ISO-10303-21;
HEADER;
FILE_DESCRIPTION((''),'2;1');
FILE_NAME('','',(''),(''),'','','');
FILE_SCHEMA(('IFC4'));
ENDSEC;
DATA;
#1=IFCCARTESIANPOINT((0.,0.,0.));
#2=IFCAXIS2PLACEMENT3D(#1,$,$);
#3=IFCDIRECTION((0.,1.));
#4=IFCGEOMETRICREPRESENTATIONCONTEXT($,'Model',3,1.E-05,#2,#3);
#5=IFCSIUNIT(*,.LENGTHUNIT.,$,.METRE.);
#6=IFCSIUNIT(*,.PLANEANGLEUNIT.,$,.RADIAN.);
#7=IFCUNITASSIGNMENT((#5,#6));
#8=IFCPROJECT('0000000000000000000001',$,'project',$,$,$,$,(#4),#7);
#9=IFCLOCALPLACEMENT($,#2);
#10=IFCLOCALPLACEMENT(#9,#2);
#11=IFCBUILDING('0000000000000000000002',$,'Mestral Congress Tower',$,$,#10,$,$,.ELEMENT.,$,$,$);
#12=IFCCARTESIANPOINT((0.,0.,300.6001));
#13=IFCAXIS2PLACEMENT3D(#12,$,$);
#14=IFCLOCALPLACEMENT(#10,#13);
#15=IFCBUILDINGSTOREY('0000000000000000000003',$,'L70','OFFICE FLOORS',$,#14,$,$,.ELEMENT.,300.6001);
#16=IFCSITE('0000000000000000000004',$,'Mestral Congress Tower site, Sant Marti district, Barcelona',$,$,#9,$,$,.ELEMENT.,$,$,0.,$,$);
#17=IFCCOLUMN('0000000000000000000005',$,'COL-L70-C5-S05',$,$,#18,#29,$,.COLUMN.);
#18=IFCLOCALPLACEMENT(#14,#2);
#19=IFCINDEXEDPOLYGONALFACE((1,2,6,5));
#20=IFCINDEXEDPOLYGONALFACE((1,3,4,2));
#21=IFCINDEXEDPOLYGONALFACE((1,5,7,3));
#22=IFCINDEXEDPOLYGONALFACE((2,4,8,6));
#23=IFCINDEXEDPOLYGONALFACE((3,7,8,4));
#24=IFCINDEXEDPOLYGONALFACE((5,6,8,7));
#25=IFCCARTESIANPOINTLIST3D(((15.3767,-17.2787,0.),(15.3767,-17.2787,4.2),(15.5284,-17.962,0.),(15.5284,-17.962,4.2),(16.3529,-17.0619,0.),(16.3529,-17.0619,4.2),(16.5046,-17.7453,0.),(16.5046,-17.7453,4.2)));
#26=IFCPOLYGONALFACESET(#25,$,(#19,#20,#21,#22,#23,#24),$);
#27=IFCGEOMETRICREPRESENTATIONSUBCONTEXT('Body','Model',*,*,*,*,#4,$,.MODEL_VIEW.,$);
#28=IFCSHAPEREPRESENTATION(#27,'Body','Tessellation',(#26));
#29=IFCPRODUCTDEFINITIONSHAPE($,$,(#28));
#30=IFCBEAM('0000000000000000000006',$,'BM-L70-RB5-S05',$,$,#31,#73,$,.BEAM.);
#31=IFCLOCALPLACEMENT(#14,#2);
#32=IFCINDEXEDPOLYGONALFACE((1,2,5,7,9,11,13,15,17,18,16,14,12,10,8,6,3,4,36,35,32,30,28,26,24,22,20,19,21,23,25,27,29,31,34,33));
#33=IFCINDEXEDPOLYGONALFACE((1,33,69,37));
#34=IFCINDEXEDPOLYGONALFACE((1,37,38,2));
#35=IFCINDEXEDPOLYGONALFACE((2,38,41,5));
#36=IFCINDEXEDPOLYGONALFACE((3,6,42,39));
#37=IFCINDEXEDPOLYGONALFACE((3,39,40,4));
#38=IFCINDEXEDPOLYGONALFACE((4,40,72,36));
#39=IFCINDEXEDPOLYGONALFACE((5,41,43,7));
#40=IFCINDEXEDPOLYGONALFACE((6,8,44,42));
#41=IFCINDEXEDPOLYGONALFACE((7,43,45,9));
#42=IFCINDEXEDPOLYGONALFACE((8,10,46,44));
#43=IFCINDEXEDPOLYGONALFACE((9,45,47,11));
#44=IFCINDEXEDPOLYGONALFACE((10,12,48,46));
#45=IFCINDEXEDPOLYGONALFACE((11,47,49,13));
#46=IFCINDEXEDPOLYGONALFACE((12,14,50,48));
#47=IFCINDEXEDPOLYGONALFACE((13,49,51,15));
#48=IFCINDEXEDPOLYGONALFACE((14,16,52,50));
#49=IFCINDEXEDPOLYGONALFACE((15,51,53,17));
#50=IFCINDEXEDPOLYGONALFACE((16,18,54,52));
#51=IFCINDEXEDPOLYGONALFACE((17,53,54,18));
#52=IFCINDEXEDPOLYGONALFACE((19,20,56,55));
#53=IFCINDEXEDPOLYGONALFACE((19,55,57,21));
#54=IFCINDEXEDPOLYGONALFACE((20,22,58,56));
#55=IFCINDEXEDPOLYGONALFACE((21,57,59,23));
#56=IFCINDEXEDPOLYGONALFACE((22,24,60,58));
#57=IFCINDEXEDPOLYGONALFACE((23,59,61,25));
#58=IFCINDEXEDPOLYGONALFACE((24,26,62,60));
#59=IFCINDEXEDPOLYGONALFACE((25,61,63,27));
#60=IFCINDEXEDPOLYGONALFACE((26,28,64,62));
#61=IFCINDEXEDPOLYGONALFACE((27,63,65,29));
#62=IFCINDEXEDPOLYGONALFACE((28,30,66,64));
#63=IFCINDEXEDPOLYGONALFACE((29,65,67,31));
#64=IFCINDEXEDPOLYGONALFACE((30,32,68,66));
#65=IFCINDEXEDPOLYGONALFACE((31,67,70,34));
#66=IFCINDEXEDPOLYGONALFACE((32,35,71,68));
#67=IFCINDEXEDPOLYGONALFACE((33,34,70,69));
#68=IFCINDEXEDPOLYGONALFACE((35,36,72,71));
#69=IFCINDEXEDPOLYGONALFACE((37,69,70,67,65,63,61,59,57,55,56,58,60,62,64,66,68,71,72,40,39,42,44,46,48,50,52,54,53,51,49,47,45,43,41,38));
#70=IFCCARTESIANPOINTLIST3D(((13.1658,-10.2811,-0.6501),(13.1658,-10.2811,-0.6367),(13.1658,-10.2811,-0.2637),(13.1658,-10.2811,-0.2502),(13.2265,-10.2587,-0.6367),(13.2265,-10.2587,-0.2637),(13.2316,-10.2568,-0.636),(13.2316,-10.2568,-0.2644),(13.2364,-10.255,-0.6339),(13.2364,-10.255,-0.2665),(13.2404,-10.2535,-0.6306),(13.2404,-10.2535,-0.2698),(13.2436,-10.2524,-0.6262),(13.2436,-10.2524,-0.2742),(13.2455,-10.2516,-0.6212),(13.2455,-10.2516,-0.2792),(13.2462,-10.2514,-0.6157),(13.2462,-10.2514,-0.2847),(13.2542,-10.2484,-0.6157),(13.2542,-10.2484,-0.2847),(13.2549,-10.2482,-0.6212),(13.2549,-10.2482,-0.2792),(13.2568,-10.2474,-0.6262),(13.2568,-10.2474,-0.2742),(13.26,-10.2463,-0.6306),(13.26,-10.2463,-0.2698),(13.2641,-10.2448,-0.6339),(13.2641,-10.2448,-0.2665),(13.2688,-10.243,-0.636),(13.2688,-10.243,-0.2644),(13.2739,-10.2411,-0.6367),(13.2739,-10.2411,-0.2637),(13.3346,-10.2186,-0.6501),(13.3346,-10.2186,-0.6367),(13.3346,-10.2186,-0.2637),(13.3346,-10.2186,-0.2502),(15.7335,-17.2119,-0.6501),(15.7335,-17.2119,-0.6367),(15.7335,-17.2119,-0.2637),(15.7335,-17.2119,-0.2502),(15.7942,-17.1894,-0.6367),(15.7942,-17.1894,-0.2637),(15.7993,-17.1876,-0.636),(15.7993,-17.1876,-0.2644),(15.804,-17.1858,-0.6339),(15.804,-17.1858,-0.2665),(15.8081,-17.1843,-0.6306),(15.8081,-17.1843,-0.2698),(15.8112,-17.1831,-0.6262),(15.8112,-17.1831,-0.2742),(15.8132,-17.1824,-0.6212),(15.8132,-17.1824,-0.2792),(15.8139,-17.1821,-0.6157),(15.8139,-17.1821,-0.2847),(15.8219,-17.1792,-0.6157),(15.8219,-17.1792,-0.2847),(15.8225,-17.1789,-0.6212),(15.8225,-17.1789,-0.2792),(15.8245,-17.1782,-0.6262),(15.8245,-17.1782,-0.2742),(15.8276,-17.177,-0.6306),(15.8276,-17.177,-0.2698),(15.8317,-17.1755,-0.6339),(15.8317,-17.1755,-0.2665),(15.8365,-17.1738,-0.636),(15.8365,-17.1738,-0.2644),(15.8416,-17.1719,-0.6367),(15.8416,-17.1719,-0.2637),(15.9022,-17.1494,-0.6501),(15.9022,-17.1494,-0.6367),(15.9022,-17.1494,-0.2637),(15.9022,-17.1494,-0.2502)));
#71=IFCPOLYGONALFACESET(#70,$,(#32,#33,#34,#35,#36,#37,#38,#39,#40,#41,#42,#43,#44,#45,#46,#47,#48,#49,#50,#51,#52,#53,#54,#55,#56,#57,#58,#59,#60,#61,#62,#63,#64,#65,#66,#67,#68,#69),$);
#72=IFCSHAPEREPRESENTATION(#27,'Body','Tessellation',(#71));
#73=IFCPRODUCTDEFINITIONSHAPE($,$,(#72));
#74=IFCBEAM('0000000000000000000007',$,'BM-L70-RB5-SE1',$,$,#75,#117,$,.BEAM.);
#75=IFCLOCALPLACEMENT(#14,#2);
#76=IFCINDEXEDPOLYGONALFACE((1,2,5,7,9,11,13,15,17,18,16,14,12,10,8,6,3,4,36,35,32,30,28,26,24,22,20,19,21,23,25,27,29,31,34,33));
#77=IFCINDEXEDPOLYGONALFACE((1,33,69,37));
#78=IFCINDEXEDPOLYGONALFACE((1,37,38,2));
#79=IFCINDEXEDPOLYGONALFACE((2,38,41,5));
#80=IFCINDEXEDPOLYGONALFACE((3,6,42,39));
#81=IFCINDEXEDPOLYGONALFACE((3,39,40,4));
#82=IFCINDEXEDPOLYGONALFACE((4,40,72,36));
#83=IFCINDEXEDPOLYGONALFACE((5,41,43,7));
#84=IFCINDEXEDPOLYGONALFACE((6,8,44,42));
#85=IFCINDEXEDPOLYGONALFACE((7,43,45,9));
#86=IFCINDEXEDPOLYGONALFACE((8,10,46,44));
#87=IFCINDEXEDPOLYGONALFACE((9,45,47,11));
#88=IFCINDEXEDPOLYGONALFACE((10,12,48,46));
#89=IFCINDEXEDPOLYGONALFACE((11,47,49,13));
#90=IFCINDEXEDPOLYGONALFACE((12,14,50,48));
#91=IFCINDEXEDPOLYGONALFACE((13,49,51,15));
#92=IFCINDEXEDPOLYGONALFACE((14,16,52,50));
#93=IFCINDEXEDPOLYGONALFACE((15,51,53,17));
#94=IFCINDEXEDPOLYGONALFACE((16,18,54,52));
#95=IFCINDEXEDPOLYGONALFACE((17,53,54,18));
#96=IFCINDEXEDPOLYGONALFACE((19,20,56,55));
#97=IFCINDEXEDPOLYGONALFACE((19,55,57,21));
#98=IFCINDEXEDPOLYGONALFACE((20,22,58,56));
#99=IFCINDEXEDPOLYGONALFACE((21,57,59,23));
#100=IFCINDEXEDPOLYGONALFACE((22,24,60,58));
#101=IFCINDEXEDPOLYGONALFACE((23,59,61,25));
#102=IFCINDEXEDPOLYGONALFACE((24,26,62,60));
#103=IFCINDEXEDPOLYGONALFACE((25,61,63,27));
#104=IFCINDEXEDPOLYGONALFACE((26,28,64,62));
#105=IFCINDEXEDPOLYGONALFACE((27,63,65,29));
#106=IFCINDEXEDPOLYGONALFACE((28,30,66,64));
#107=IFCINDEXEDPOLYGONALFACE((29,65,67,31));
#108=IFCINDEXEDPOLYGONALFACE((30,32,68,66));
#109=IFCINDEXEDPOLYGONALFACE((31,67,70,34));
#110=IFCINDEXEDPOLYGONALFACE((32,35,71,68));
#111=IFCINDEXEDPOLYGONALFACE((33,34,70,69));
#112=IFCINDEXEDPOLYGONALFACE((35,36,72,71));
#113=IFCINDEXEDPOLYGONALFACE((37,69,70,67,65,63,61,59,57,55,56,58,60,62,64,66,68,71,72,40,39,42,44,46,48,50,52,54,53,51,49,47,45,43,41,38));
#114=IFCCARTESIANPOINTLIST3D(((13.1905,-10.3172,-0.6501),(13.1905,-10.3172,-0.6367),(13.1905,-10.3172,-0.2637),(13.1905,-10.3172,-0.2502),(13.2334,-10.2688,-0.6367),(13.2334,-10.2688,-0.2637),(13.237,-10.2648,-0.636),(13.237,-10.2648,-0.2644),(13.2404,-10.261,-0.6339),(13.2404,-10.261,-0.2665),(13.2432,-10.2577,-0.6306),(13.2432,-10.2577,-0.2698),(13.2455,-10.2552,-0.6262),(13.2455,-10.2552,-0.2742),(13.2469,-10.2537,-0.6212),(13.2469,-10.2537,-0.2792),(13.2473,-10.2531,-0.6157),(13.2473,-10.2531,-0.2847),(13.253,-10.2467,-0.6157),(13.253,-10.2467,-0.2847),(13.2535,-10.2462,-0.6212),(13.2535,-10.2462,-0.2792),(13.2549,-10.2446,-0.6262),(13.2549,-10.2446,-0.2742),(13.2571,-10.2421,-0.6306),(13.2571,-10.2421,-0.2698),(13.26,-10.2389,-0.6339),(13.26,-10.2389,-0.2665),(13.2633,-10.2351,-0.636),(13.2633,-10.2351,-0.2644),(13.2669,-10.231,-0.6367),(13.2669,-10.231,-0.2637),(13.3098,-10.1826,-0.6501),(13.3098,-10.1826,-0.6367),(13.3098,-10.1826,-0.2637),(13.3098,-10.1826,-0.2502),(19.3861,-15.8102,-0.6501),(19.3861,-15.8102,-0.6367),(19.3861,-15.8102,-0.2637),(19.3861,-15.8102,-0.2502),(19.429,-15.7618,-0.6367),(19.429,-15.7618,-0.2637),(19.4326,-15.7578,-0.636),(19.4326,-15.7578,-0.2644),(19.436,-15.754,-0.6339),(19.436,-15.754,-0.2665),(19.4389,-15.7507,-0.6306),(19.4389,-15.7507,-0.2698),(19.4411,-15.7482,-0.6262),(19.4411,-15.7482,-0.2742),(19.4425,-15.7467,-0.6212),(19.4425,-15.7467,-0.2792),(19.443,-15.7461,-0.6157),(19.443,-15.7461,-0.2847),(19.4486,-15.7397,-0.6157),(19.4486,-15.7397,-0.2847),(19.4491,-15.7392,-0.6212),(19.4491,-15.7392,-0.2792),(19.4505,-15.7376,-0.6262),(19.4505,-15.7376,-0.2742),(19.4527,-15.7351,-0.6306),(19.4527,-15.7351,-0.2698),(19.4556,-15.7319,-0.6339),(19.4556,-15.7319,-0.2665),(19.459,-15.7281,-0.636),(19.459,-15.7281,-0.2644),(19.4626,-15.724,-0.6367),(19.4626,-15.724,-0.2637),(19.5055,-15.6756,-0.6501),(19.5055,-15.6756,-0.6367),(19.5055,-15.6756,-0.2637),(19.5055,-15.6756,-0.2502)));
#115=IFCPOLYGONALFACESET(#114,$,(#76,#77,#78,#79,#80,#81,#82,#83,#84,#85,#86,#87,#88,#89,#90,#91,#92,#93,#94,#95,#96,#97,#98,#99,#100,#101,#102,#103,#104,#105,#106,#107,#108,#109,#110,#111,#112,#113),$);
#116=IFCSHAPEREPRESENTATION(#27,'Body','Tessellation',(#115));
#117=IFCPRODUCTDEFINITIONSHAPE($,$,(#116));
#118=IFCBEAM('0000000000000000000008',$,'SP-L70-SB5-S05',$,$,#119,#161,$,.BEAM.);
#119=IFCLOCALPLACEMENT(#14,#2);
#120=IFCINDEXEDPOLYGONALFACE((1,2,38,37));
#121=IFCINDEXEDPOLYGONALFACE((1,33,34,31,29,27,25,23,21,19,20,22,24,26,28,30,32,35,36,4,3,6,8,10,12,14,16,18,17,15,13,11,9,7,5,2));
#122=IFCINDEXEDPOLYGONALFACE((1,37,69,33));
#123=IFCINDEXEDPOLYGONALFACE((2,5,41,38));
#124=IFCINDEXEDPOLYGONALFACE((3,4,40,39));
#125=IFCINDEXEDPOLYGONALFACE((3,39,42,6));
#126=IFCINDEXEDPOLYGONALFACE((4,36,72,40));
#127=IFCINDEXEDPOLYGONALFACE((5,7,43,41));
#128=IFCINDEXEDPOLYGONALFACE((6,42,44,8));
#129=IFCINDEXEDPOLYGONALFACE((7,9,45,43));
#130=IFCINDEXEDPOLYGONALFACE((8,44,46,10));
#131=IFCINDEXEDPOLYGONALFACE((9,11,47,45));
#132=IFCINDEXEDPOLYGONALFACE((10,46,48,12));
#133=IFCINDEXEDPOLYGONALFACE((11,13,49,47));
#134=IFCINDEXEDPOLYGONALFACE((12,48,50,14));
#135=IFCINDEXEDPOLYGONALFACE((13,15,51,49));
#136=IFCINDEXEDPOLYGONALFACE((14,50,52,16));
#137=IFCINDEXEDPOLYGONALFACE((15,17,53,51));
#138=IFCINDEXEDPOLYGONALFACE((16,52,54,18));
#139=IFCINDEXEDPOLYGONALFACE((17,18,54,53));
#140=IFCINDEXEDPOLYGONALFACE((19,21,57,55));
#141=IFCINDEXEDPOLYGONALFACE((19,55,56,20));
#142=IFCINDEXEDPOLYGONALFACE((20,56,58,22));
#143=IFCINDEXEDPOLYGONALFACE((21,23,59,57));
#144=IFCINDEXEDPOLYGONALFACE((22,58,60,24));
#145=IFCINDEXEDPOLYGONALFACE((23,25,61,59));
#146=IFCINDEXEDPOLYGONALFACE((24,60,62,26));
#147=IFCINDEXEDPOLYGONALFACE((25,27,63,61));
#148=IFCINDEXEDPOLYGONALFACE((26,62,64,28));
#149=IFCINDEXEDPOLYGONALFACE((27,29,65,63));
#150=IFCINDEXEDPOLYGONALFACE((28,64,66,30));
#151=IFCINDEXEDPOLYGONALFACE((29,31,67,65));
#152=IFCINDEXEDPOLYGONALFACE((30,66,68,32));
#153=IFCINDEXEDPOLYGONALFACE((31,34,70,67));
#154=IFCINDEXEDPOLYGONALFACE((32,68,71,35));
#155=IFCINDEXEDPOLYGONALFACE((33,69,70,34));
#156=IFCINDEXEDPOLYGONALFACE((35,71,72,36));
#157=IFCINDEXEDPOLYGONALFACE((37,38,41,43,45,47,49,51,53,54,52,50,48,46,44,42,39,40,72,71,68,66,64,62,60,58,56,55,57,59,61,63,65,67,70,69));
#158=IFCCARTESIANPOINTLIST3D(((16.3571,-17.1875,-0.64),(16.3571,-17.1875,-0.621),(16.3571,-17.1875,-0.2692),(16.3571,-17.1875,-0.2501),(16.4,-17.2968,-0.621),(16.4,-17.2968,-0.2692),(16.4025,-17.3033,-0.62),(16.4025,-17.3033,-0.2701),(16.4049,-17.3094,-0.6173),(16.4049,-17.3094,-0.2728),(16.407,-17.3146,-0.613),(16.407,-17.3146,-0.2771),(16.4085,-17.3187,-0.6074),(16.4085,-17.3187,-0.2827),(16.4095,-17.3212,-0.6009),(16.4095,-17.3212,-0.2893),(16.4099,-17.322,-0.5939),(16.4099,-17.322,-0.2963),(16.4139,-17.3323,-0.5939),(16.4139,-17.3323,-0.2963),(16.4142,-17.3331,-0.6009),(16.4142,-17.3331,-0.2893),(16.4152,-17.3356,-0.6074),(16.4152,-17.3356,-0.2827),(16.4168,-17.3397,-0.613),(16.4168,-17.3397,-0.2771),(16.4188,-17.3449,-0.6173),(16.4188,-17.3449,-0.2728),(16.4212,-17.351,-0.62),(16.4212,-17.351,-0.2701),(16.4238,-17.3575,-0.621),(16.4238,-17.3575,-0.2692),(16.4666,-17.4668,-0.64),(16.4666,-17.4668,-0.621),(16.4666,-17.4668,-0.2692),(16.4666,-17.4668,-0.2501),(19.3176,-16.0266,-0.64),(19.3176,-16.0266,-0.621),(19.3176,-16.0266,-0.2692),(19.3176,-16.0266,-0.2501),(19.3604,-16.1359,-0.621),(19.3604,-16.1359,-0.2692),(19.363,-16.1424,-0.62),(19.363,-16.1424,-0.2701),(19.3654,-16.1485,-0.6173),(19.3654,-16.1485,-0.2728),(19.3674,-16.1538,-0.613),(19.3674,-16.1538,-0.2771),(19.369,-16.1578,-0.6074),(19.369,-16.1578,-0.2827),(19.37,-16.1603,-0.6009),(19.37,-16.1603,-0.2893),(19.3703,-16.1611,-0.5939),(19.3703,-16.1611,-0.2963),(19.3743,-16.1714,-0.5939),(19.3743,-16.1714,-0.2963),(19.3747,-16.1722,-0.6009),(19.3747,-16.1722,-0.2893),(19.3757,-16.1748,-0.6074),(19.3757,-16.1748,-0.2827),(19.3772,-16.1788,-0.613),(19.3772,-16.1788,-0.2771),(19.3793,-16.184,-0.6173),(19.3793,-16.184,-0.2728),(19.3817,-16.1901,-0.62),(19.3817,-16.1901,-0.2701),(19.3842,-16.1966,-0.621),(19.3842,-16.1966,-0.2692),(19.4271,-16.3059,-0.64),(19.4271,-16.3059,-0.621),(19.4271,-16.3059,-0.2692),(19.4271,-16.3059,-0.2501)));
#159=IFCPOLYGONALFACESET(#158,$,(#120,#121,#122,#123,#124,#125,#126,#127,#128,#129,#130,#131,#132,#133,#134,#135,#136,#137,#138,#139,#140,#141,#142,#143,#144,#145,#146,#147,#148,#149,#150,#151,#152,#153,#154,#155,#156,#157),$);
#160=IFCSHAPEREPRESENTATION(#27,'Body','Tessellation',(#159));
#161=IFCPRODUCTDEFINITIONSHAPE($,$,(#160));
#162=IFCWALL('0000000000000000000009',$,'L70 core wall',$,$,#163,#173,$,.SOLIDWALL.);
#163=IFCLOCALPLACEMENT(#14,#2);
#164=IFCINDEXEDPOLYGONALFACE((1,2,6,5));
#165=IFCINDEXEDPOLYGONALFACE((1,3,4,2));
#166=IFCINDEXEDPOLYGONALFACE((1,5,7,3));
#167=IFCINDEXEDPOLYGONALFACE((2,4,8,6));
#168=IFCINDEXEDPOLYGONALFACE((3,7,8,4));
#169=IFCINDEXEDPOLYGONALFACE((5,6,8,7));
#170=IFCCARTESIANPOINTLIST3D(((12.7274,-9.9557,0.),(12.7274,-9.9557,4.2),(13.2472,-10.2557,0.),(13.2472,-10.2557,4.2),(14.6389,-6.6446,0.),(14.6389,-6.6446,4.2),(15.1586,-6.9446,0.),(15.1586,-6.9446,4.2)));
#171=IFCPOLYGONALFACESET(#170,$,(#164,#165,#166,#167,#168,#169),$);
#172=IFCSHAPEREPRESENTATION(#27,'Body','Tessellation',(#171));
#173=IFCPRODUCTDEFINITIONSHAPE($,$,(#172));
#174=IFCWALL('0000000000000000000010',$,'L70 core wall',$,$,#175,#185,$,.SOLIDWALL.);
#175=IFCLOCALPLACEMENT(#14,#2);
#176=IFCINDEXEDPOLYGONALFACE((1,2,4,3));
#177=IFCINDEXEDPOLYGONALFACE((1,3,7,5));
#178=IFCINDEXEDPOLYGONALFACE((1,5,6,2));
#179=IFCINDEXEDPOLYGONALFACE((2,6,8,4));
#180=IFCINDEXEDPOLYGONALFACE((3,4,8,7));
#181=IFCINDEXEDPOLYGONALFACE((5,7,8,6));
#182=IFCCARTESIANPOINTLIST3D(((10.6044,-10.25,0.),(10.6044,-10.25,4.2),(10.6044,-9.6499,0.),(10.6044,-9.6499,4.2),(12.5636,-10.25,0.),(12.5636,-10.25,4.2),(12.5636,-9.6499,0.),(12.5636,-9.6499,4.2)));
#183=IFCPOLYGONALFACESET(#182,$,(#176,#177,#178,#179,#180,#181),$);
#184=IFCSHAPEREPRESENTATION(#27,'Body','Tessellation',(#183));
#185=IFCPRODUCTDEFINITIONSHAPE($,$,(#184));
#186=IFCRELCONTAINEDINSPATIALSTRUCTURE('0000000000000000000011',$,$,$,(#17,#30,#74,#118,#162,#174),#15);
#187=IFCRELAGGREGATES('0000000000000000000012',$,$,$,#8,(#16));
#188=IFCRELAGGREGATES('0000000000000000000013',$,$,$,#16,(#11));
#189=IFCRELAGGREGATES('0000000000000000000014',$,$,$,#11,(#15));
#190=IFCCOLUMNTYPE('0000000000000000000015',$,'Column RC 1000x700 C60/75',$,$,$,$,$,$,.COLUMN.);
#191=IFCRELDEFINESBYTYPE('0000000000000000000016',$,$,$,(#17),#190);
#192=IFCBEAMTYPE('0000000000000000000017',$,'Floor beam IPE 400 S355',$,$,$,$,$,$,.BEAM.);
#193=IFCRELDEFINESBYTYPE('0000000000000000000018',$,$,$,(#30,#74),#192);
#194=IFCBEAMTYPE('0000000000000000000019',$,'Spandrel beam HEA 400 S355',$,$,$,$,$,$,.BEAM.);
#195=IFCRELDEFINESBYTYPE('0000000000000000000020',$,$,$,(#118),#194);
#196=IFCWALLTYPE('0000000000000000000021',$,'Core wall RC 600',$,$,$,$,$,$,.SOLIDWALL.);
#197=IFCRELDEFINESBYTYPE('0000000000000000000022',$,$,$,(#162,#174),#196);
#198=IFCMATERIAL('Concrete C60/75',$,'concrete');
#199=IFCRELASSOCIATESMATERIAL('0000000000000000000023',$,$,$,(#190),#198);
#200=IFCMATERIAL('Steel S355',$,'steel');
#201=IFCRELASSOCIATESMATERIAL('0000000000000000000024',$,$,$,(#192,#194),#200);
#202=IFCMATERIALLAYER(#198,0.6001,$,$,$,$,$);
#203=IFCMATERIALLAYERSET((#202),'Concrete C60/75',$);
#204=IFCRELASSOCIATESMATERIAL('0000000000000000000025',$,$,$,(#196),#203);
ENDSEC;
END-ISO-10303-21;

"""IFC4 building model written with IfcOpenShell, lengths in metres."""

from ifc_helpers import new_model, si_unit, direction, frame, frame_2d, origin, origin_2d, place, context, subcontext, project, spatial, rectangle, i_section, extrude, material, layer, layer_set, material_profile, profile_set, type_object, element, save


model = new_model("IFC4")

# Units and contexts
model_context = context("Model", 3, precision=1e-05, world=origin(), true_north=direction((0.0, 1.0)))
body_context = subcontext(model_context, "Body", "Model", "MODEL_VIEW")
ifc_project = project(units=[si_unit("LENGTHUNIT", "METRE"), si_unit("PLANEANGLEUNIT", "RADIAN")], contexts=[model_context])

# Site, building, storey
site_placement = place(None, origin())
site = spatial("IfcSite", under=ifc_project, at=site_placement, Name="Mestral Congress Tower site, Sant Marti district, Barcelona", CompositionType="ELEMENT", RefElevation=0.0)
building_placement = place(site_placement, origin())
building = spatial("IfcBuilding", under=site, at=building_placement, Name="Mestral Congress Tower", CompositionType="ELEMENT")
storey_placement = place(building_placement, frame((0.0, 0.0, 300.6001)))
storey = spatial("IfcBuildingStorey", under=building, at=storey_placement, Name="L70", Description="OFFICE FLOORS", CompositionType="ELEMENT", Elevation=300.6001)

# Column
ifc_material_1 = material(Name="Concrete C60/75", Category="concrete")
ifc_material_profile_1 = material_profile(ifc_material_1, rectangle(XDim=1.0, YDim=0.7, at=origin_2d()), Name="RC 1000x700")
ifc_profile_set_1 = profile_set([ifc_material_profile_1], Name="Concrete C60/75")
column_type = type_object("IfcColumnType", Name="Column RC 1000x700 C60/75", PredefinedType="COLUMN", material=ifc_profile_set_1)
column_placement = place(storey_placement, frame((15.9407, -17.512, 0.0), z_axis=(0.0, 0.0, 1.0), x_axis=(0.976234, 0.216721, 0.0)))
element("IfcColumn", 1, at=column_placement, inside=storey, type_object=column_type, Name="COL-L70-C5-S05", PredefinedType="COLUMN", context=body_context, shape_type="SweptSolid", body=[
    extrude(rectangle(XDim=1.0, YDim=0.7, at=origin_2d()), origin(), (0.0, 0.0, 1.0), 4.2),
])

# Beams
ifc_material_2 = material(Name="Steel S355", Category="steel")
ifc_material_profile_2 = material_profile(ifc_material_2, i_section(OverallWidth=0.1799, OverallDepth=0.3999, WebThickness=0.0085, FlangeThickness=0.0134, FilletRadius=0.021, at=origin_2d()), Name="IPE 400")
ifc_profile_set_2 = profile_set([ifc_material_profile_2], Name="Steel S355")
beam_type_1 = type_object("IfcBeamType", Name="Floor beam IPE 400 S355", PredefinedType="BEAM", material=ifc_profile_set_2)
beam_1_placement = place(storey_placement, frame((15.8179, -17.1807, -0.4502), z_axis=(-0.347399, 0.937717, 0.0), x_axis=(-0.937717, -0.347399, 0.0)))
element("IfcBeam", 2, at=beam_1_placement, inside=storey, type_object=beam_type_1, Name="BM-L70-RB5-S05", PredefinedType="BEAM", context=body_context, shape_type="SweptSolid", body=[
    extrude(i_section(OverallWidth=0.1799, OverallDepth=0.3999, WebThickness=0.0085, FlangeThickness=0.0134, FilletRadius=0.021, at=origin_2d()), origin(), (0.0, 0.0, 1.0), 7.3911),
])
beam_2_placement = place(storey_placement, frame((19.4458, -15.7429, -0.4502), z_axis=(-0.748263, 0.663402, 0.0), x_axis=(-0.663402, -0.748263, 0.0)))
element("IfcBeam", 3, at=beam_2_placement, inside=storey, type_object=beam_type_1, Name="BM-L70-RB5-SE1", PredefinedType="BEAM", context=body_context, shape_type="SweptSolid", body=[
    extrude(i_section(OverallWidth=0.1799, OverallDepth=0.3999, WebThickness=0.0085, FlangeThickness=0.0134, FilletRadius=0.021, at=origin_2d()), origin(), (0.0, 0.0, 1.0), 8.28),
])
ifc_material_profile_3 = material_profile(ifc_material_2, i_section(OverallWidth=0.3, OverallDepth=0.3899, WebThickness=0.011, FlangeThickness=0.019, FilletRadius=0.0271, at=origin_2d()), Name="HEA 400")
ifc_profile_set_3 = profile_set([ifc_material_profile_3], Name="Steel S355")
beam_type_2 = type_object("IfcBeamType", Name="Spandrel beam HEA 400 S355", PredefinedType="BEAM", material=ifc_profile_set_3)
beam_3_placement = place(storey_placement, frame((16.4119, -17.3271, -0.4451), z_axis=(0.930981, 0.365068, 0.0), x_axis=(-0.365068, 0.930981, 0.0)))
element("IfcBeam", 4, at=beam_3_placement, inside=storey, type_object=beam_type_2, Name="SP-L70-SB5-S05", PredefinedType="BEAM", context=body_context, shape_type="SweptSolid", body=[
    extrude(i_section(OverallWidth=0.3, OverallDepth=0.3899, WebThickness=0.011, FlangeThickness=0.019, FilletRadius=0.0271, at=origin_2d()), origin(), (0.0, 0.0, 1.0), 3.1799),
])

# Walls
ifc_layer_1 = layer(ifc_material_1, 0.6001)
ifc_layer_set_1 = layer_set([ifc_layer_1], Name="Concrete C60/75")
wall_type_1 = type_object("IfcWallType", Name="Core wall RC 600", PredefinedType="SOLIDWALL", material=ifc_layer_set_1)
wall_1_placement = place(storey_placement, frame((12.9873, -10.1057, 0.0), z_axis=(0.0, 0.0, 1.0), x_axis=(0.499951, 0.866054, 0.0)))
element("IfcWall", 5, at=wall_1_placement, inside=storey, type_object=wall_type_1, Name="L70 core wall", PredefinedType="SOLIDWALL", context=body_context, shape_type="SweptSolid", body=[
    extrude(rectangle(XDim=3.8232, YDim=0.6001, at=frame_2d((1.9116, 0.0))), origin(), (0.0, 0.0, 1.0), 4.2),
])
wall_2_placement = place(storey_placement, frame((10.6045, -9.95, 0.0), z_axis=(0.0, 0.0, 1.0), x_axis=(1.0, 0.0, 0.0)))
element("IfcWall", 6, at=wall_2_placement, inside=storey, type_object=wall_type_1, Name="L70 core wall", PredefinedType="SOLIDWALL", context=body_context, shape_type="SweptSolid", body=[
    extrude(rectangle(XDim=1.9592, YDim=0.6001, at=frame_2d((0.9795, 0.0))), origin(), (0.0, 0.0, 1.0), 4.2),
])

save(model, "model.ifc")
